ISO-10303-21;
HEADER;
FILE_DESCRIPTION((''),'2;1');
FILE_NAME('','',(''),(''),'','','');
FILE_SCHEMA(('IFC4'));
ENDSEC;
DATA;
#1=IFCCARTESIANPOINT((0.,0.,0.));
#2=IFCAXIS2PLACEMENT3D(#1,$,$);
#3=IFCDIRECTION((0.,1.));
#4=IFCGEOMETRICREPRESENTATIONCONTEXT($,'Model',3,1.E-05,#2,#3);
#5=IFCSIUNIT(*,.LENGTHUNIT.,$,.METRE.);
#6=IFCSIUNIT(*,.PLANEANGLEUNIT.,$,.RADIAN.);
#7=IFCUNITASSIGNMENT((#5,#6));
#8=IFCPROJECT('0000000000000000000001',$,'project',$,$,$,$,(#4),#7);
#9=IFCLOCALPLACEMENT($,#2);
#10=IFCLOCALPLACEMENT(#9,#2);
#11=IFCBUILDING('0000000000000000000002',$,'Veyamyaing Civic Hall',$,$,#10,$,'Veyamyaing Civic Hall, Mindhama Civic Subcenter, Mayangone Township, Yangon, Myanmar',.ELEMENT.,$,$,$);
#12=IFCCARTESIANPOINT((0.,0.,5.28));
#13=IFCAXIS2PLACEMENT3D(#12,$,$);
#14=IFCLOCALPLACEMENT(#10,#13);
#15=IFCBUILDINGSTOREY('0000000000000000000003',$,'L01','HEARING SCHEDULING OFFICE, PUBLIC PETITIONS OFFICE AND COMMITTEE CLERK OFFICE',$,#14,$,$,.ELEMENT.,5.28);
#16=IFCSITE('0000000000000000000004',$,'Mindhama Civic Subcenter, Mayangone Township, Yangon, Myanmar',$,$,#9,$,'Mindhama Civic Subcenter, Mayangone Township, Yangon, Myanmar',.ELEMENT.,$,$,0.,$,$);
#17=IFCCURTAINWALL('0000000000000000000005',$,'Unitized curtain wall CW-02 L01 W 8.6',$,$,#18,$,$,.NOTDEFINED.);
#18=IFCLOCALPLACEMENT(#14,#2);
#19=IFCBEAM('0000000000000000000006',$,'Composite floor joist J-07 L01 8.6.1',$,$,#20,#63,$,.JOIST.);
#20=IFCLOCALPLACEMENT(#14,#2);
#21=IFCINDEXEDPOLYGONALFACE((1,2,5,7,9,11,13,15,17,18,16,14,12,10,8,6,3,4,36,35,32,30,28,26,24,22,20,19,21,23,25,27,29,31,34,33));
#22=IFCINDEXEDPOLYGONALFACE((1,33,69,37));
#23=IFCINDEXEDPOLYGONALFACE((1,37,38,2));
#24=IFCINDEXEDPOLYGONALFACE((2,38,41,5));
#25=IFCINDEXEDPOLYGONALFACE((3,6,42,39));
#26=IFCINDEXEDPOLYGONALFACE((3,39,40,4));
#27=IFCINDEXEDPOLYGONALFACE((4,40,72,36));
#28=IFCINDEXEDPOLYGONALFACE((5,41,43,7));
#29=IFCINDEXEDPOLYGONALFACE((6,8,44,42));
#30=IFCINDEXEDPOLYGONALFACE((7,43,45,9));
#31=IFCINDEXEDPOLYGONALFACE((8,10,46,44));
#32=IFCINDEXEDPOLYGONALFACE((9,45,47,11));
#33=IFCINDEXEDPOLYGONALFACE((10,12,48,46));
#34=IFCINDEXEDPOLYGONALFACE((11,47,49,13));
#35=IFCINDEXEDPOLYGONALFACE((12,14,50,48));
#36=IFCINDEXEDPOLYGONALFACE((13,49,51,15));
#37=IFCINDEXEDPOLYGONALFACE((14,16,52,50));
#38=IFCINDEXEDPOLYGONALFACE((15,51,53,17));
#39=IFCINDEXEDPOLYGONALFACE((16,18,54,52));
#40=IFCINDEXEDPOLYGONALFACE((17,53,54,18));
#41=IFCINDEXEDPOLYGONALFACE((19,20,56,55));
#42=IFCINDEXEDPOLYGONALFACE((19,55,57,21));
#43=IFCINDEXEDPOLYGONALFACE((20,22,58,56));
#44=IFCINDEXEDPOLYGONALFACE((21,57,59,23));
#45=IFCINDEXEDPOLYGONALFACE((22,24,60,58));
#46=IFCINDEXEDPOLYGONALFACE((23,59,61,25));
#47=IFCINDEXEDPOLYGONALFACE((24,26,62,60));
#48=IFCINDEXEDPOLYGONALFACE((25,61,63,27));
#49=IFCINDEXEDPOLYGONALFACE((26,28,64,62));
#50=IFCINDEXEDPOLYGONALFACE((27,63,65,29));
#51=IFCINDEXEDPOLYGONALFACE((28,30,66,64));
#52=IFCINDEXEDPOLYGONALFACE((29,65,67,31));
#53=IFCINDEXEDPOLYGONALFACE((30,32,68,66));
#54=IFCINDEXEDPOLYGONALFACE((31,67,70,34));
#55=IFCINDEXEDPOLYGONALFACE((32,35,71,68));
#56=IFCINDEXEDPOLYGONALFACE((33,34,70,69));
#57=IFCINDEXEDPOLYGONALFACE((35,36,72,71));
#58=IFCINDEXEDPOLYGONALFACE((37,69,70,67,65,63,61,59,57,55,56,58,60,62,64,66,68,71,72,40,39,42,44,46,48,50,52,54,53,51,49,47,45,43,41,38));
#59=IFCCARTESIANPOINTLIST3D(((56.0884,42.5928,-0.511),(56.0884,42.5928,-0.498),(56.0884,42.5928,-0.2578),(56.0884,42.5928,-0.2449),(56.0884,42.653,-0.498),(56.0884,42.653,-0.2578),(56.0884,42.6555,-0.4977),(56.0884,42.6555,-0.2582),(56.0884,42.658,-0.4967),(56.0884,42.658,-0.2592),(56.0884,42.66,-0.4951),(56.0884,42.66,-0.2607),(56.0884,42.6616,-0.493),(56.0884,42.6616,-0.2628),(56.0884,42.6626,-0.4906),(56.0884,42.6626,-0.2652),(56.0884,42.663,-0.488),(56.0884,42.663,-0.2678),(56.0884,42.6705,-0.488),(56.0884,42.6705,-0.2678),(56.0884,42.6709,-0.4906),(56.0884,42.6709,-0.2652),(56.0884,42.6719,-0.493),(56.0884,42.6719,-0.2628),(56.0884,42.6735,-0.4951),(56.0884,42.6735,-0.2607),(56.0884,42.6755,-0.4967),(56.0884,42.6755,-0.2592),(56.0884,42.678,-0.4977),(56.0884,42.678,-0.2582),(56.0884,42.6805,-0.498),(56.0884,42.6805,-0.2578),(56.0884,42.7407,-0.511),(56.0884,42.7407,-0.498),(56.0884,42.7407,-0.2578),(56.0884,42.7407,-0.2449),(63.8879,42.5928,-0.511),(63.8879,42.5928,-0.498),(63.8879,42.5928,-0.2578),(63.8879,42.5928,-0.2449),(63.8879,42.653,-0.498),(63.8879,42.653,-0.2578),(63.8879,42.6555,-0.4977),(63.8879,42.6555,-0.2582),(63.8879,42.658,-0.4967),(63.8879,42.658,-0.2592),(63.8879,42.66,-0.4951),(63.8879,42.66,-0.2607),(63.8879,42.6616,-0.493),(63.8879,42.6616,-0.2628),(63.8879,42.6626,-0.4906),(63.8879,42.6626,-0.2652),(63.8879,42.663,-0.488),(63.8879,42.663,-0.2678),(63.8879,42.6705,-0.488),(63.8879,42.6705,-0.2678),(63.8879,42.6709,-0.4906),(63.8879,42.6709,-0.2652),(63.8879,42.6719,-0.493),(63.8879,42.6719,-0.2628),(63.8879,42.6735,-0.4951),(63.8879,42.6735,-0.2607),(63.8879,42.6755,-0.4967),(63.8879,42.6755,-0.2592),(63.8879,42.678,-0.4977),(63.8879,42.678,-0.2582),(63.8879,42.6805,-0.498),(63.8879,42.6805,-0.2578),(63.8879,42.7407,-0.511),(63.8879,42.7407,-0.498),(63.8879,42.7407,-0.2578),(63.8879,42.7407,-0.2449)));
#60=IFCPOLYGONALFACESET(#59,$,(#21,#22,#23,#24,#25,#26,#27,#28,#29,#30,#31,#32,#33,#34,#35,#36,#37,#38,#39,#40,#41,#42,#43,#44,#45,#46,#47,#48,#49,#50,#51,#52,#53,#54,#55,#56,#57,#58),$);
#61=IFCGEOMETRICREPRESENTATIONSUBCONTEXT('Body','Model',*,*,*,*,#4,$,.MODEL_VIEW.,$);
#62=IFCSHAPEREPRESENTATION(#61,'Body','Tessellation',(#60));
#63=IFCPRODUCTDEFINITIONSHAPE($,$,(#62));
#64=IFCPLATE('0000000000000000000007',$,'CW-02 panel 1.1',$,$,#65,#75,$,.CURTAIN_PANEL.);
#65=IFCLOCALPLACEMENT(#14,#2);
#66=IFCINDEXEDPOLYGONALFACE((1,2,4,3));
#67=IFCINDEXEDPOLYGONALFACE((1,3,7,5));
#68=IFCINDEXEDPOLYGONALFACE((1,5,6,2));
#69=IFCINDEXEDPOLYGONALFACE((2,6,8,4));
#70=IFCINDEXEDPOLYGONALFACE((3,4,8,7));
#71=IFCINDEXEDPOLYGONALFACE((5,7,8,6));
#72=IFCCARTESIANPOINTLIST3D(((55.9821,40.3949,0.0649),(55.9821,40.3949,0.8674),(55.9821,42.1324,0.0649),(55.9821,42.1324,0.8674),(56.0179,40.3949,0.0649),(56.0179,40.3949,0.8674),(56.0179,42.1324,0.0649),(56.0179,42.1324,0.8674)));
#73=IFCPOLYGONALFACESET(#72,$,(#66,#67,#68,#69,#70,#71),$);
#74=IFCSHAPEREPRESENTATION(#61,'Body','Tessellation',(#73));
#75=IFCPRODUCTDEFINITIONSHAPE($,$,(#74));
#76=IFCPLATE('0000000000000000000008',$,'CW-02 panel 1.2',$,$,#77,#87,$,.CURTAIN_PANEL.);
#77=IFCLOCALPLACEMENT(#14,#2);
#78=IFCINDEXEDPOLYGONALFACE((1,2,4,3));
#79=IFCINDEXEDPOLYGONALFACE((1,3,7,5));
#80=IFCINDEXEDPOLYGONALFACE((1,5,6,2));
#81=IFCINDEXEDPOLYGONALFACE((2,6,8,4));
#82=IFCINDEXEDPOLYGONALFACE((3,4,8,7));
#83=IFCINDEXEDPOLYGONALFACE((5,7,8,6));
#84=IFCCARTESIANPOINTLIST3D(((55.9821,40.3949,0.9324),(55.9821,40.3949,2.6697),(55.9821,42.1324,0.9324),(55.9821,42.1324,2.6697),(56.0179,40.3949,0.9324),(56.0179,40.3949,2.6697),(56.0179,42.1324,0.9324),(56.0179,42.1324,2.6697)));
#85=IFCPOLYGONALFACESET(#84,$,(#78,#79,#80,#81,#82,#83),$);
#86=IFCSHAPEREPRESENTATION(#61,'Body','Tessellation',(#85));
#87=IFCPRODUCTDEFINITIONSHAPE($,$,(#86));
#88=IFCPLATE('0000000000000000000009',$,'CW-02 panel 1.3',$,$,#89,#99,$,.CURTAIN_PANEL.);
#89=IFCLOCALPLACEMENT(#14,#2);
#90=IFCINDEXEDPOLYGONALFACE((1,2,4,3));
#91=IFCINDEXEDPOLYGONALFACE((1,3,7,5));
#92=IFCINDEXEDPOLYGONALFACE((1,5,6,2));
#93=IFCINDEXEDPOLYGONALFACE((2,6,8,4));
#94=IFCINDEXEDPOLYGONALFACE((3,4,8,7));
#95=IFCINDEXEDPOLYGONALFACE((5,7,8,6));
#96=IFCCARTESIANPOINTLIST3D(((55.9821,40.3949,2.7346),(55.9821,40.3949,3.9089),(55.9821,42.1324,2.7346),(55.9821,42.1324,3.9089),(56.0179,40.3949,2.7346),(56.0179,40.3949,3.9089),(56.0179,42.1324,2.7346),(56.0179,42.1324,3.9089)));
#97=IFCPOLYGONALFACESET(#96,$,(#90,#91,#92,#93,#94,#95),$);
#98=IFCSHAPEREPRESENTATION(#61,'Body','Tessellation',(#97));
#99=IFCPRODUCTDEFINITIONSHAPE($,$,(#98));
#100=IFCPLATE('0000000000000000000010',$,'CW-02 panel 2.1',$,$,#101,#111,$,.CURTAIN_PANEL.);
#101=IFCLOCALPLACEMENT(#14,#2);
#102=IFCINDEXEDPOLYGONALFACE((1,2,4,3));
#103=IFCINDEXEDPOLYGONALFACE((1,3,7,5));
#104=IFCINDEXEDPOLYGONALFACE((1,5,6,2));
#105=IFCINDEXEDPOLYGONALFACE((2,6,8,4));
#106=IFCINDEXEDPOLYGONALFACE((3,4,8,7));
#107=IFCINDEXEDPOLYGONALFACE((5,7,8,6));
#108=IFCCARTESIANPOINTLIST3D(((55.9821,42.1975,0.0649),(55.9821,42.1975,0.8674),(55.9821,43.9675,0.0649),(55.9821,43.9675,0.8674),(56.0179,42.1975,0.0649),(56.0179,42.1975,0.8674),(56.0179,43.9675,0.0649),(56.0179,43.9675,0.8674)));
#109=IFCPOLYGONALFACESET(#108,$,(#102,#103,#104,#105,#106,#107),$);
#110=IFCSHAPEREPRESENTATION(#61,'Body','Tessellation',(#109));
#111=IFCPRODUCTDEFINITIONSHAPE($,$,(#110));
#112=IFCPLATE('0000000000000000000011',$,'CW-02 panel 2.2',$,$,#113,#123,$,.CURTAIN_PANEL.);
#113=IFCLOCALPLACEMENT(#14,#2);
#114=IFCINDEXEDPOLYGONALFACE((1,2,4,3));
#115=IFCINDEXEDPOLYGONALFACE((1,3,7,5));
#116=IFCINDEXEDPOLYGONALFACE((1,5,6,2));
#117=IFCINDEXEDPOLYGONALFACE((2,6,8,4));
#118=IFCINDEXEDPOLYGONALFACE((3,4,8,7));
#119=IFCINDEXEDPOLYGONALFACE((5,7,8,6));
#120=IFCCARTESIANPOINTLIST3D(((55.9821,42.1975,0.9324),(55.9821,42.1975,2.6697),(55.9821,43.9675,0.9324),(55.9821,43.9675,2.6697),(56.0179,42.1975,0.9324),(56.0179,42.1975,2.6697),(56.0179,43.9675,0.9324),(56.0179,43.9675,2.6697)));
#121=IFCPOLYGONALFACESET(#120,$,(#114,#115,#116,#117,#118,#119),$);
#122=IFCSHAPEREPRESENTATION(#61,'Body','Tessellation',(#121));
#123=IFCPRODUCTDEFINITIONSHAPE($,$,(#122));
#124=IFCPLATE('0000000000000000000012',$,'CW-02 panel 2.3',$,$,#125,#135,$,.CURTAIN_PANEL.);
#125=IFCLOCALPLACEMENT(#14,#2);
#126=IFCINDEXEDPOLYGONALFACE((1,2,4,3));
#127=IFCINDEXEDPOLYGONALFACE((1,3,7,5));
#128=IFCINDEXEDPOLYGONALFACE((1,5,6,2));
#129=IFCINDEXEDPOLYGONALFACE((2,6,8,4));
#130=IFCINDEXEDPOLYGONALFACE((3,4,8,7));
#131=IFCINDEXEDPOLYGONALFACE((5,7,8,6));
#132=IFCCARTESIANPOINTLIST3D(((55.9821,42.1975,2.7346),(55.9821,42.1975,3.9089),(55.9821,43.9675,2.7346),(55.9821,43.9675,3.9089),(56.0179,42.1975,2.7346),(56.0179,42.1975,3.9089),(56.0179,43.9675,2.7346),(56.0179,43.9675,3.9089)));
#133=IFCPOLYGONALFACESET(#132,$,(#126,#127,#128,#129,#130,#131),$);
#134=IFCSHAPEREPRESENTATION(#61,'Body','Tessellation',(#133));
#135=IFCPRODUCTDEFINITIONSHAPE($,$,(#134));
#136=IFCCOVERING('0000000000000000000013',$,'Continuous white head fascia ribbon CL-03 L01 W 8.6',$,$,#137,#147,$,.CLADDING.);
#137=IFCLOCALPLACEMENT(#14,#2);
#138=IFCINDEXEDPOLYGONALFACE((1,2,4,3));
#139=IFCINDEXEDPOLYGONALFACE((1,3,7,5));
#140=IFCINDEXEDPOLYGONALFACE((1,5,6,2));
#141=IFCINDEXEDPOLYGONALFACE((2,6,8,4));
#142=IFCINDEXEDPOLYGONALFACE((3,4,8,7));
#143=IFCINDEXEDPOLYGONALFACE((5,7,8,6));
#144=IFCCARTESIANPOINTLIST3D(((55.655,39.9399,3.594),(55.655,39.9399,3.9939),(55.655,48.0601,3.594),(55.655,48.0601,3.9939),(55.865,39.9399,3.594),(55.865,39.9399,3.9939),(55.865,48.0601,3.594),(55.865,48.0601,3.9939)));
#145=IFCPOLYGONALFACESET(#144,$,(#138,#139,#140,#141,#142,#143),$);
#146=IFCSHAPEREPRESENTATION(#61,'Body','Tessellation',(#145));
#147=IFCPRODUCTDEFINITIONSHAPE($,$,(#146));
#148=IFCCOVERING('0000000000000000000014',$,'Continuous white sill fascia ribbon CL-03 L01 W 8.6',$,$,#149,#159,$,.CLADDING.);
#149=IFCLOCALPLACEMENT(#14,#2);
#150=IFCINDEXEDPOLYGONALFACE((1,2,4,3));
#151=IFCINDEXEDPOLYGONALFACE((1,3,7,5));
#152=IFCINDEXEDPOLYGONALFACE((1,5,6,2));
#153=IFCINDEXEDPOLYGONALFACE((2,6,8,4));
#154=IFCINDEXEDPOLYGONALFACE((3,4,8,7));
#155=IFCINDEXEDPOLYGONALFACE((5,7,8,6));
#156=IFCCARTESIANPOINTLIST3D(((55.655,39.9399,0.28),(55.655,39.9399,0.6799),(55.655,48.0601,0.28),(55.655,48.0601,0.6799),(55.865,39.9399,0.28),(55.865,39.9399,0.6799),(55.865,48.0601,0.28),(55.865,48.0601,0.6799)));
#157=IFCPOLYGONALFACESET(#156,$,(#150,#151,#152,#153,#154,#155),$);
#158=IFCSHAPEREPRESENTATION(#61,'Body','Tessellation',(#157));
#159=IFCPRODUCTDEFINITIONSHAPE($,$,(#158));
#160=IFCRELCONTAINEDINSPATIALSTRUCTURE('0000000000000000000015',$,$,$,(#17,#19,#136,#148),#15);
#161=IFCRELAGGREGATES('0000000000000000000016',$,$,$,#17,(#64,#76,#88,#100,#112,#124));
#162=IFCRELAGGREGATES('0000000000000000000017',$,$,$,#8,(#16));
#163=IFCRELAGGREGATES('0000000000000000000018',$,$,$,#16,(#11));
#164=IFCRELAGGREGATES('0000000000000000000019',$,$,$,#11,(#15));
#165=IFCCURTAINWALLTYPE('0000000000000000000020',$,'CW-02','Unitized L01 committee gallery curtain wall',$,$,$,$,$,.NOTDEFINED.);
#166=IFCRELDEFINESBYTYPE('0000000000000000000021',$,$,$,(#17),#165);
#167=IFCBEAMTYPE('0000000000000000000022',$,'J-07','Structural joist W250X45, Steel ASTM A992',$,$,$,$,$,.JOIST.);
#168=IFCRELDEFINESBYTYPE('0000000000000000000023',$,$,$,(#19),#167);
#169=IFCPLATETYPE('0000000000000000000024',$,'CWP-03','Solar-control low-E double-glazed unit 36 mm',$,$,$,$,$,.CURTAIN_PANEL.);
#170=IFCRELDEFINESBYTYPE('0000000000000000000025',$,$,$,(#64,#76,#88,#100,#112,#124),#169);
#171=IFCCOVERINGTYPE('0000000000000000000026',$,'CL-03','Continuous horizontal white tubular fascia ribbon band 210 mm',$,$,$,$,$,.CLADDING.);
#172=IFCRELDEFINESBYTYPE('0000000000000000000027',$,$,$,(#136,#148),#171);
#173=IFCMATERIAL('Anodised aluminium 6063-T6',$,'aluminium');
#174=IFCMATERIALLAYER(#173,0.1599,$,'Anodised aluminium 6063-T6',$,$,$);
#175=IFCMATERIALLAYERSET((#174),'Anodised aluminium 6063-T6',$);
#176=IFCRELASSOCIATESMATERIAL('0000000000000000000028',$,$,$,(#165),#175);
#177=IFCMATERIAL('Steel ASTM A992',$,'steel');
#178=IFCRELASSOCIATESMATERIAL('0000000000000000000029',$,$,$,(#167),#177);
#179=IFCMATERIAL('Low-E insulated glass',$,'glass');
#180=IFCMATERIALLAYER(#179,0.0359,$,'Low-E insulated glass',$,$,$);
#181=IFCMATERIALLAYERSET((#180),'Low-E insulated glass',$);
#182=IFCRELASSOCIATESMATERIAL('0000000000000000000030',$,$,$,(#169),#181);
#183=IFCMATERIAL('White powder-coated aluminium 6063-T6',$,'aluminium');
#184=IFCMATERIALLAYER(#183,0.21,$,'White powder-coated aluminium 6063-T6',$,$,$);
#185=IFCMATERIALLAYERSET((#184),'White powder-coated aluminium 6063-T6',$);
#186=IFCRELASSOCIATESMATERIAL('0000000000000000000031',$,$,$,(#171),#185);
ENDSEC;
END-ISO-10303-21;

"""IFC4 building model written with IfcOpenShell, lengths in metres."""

from ifc_helpers import new_model, si_unit, direction, frame, origin, origin_2d, place, context, subcontext, project, spatial, rectangle, i_section, extrude, material, layer, layer_set, material_profile, profile_set, type_object, element, aggregate, save


model = new_model("IFC4")

# Units and contexts
model_context = context("Model", 3, precision=1e-05, world=origin(), true_north=direction((0.0, 1.0)))
body_context = subcontext(model_context, "Body", "Model", "MODEL_VIEW")
ifc_project = project(units=[si_unit("LENGTHUNIT", "METRE"), si_unit("PLANEANGLEUNIT", "RADIAN")], contexts=[model_context])

# Site, building, storey
site_placement = place(None, origin())
site = spatial("IfcSite", under=ifc_project, at=site_placement, Name="Mindhama Civic Subcenter, Mayangone Township, Yangon, Myanmar", LongName="Mindhama Civic Subcenter, Mayangone Township, Yangon, Myanmar", CompositionType="ELEMENT", RefElevation=0.0)
building_placement = place(site_placement, origin())
building = spatial("IfcBuilding", under=site, at=building_placement, Name="Veyamyaing Civic Hall", LongName="Veyamyaing Civic Hall, Mindhama Civic Subcenter, Mayangone Township, Yangon, Myanmar", CompositionType="ELEMENT")
storey_placement = place(building_placement, frame((0.0, 0.0, 5.28)))
storey = spatial("IfcBuildingStorey", under=building, at=storey_placement, Name="L01", Description="HEARING SCHEDULING OFFICE, PUBLIC PETITIONS OFFICE AND COMMITTEE CLERK OFFICE", CompositionType="ELEMENT", Elevation=5.28)

# Shared definitions
ifc_material_1 = material(Name="Steel ASTM A992", Category="steel")

# Curtain wall
ifc_material_2 = material(Name="Anodised aluminium 6063-T6", Category="aluminium")
ifc_layer_1 = layer(ifc_material_2, 0.1599, Name="Anodised aluminium 6063-T6")
ifc_layer_set_1 = layer_set([ifc_layer_1], Name="Anodised aluminium 6063-T6")
curtain_wall_type = type_object("IfcCurtainWallType", Name="CW-02", Description="Unitized L01 committee gallery curtain wall", PredefinedType="NOTDEFINED", material=ifc_layer_set_1)
curtain_wall_placement = place(storey_placement, origin())
curtain_wall = element("IfcCurtainWall", 1, at=curtain_wall_placement, inside=storey, type_object=curtain_wall_type, Name="Unitized curtain wall CW-02 L01 W 8.6", PredefinedType="NOTDEFINED")

# Beam
ifc_material_profile_1 = material_profile(ifc_material_1, i_section(OverallWidth=0.1479, OverallDepth=0.2661, WebThickness=0.0076, FlangeThickness=0.0129, FilletRadius=0.01, at=origin_2d()), Name="W250X45")
ifc_profile_set_1 = profile_set([ifc_material_profile_1], Name="Steel ASTM A992")
beam_type_1 = type_object("IfcBeamType", Name="J-07", Description="Structural joist W250X45, Steel ASTM A992", PredefinedType="JOIST", material=ifc_profile_set_1)
beam_1_placement = place(storey_placement, frame((56.0884, 42.6667, -0.3779), z_axis=(1.0, 0.0, 0.0), x_axis=(0.0, 1.0, 0.0)))
element("IfcBeam", 2, at=beam_1_placement, inside=storey, type_object=beam_type_1, Name="Composite floor joist J-07 L01 8.6.1", PredefinedType="JOIST", context=body_context, shape_type="SweptSolid", body=[
    extrude(i_section(OverallWidth=0.1479, OverallDepth=0.2661, WebThickness=0.0076, FlangeThickness=0.0129, FilletRadius=0.01, at=origin_2d()), origin(), (0.0, 0.0, 1.0), 7.7996),
])

# Plates
ifc_material_3 = material(Name="Low-E insulated glass", Category="glass")
ifc_layer_2 = layer(ifc_material_3, 0.0359, Name="Low-E insulated glass")
ifc_layer_set_2 = layer_set([ifc_layer_2], Name="Low-E insulated glass")
plate_type = type_object("IfcPlateType", Name="CWP-03", Description="Solar-control low-E double-glazed unit 36 mm", PredefinedType="CURTAIN_PANEL", material=ifc_layer_set_2)
plate_1_placement = place(storey_placement, frame((56.0, 41.2637, 0.0649), z_axis=(0.0, 0.0, 1.0), x_axis=(0.0, 1.0, 0.0)))
plate_1 = element("IfcPlate", 3, at=plate_1_placement, type_object=plate_type, Name="CW-02 panel 1.1", PredefinedType="CURTAIN_PANEL", context=body_context, shape_type="SweptSolid", body=[
    extrude(rectangle(XDim=1.7375, YDim=0.0359, at=origin_2d()), origin(), (0.0, 0.0, 1.0), 0.8025),
])
plate_2_placement = place(storey_placement, frame((56.0, 41.2637, 0.9324), z_axis=(0.0, 0.0, 1.0), x_axis=(0.0, 1.0, 0.0)))
plate_2 = element("IfcPlate", 4, at=plate_2_placement, type_object=plate_type, Name="CW-02 panel 1.2", PredefinedType="CURTAIN_PANEL", context=body_context, shape_type="SweptSolid", body=[
    extrude(rectangle(XDim=1.7375, YDim=0.0359, at=origin_2d()), origin(), (0.0, 0.0, 1.0), 1.7373),
])
plate_3_placement = place(storey_placement, frame((56.0, 41.2637, 2.7346), z_axis=(0.0, 0.0, 1.0), x_axis=(0.0, 1.0, 0.0)))
plate_3 = element("IfcPlate", 5, at=plate_3_placement, type_object=plate_type, Name="CW-02 panel 1.3", PredefinedType="CURTAIN_PANEL", context=body_context, shape_type="SweptSolid", body=[
    extrude(rectangle(XDim=1.7375, YDim=0.0359, at=origin_2d()), origin(), (0.0, 0.0, 1.0), 1.1743),
])
plate_4_placement = place(storey_placement, frame((56.0, 43.0825, 0.0649), z_axis=(0.0, 0.0, 1.0), x_axis=(0.0, 1.0, 0.0)))
plate_4 = element("IfcPlate", 6, at=plate_4_placement, type_object=plate_type, Name="CW-02 panel 2.1", PredefinedType="CURTAIN_PANEL", context=body_context, shape_type="SweptSolid", body=[
    extrude(rectangle(XDim=1.77, YDim=0.0359, at=origin_2d()), origin(), (0.0, 0.0, 1.0), 0.8025),
])
plate_5_placement = place(storey_placement, frame((56.0, 43.0825, 0.9324), z_axis=(0.0, 0.0, 1.0), x_axis=(0.0, 1.0, 0.0)))
plate_5 = element("IfcPlate", 7, at=plate_5_placement, type_object=plate_type, Name="CW-02 panel 2.2", PredefinedType="CURTAIN_PANEL", context=body_context, shape_type="SweptSolid", body=[
    extrude(rectangle(XDim=1.77, YDim=0.0359, at=origin_2d()), origin(), (0.0, 0.0, 1.0), 1.7373),
])
plate_6_placement = place(storey_placement, frame((56.0, 43.0825, 2.7346), z_axis=(0.0, 0.0, 1.0), x_axis=(0.0, 1.0, 0.0)))
plate_6 = element("IfcPlate", 8, at=plate_6_placement, type_object=plate_type, Name="CW-02 panel 2.3", PredefinedType="CURTAIN_PANEL", context=body_context, shape_type="SweptSolid", body=[
    extrude(rectangle(XDim=1.77, YDim=0.0359, at=origin_2d()), origin(), (0.0, 0.0, 1.0), 1.1743),
])
aggregate(curtain_wall, [plate_1, plate_2, plate_3, plate_4, plate_5, plate_6])

# Coverings
ifc_material_4 = material(Name="White powder-coated aluminium 6063-T6", Category="aluminium")
ifc_layer_3 = layer(ifc_material_4, 0.21, Name="White powder-coated aluminium 6063-T6")
ifc_layer_set_3 = layer_set([ifc_layer_3], Name="White powder-coated aluminium 6063-T6")
covering_type = type_object("IfcCoveringType", Name="CL-03", Description="Continuous horizontal white tubular fascia ribbon band 210 mm", PredefinedType="CLADDING", material=ifc_layer_set_3)
for number, where, z_axis, x_axis, name in (
    (9, (55.76, 44.0, 3.594), (0.0, 0.0, 1.0), (0.0, 1.0, 0.0), "Continuous white head fascia ribbon CL-03 L01 W 8.6"),
    (10, (55.76, 44.0, 0.28), (0.0, 0.0, 1.0), (0.0, 1.0, 0.0), "Continuous white sill fascia ribbon CL-03 L01 W 8.6"),
):
    element("IfcCovering", number, at=place(storey_placement, frame(where, z_axis=z_axis, x_axis=x_axis)), inside=storey, type_object=covering_type, Name=name, PredefinedType="CLADDING", context=body_context, shape_type="SweptSolid", body=[
        extrude(rectangle(XDim=8.1201, YDim=0.21, at=origin_2d()), origin(), (0.0, 0.0, 1.0), 0.3999),
    ])

save(model, "model.ifc")
